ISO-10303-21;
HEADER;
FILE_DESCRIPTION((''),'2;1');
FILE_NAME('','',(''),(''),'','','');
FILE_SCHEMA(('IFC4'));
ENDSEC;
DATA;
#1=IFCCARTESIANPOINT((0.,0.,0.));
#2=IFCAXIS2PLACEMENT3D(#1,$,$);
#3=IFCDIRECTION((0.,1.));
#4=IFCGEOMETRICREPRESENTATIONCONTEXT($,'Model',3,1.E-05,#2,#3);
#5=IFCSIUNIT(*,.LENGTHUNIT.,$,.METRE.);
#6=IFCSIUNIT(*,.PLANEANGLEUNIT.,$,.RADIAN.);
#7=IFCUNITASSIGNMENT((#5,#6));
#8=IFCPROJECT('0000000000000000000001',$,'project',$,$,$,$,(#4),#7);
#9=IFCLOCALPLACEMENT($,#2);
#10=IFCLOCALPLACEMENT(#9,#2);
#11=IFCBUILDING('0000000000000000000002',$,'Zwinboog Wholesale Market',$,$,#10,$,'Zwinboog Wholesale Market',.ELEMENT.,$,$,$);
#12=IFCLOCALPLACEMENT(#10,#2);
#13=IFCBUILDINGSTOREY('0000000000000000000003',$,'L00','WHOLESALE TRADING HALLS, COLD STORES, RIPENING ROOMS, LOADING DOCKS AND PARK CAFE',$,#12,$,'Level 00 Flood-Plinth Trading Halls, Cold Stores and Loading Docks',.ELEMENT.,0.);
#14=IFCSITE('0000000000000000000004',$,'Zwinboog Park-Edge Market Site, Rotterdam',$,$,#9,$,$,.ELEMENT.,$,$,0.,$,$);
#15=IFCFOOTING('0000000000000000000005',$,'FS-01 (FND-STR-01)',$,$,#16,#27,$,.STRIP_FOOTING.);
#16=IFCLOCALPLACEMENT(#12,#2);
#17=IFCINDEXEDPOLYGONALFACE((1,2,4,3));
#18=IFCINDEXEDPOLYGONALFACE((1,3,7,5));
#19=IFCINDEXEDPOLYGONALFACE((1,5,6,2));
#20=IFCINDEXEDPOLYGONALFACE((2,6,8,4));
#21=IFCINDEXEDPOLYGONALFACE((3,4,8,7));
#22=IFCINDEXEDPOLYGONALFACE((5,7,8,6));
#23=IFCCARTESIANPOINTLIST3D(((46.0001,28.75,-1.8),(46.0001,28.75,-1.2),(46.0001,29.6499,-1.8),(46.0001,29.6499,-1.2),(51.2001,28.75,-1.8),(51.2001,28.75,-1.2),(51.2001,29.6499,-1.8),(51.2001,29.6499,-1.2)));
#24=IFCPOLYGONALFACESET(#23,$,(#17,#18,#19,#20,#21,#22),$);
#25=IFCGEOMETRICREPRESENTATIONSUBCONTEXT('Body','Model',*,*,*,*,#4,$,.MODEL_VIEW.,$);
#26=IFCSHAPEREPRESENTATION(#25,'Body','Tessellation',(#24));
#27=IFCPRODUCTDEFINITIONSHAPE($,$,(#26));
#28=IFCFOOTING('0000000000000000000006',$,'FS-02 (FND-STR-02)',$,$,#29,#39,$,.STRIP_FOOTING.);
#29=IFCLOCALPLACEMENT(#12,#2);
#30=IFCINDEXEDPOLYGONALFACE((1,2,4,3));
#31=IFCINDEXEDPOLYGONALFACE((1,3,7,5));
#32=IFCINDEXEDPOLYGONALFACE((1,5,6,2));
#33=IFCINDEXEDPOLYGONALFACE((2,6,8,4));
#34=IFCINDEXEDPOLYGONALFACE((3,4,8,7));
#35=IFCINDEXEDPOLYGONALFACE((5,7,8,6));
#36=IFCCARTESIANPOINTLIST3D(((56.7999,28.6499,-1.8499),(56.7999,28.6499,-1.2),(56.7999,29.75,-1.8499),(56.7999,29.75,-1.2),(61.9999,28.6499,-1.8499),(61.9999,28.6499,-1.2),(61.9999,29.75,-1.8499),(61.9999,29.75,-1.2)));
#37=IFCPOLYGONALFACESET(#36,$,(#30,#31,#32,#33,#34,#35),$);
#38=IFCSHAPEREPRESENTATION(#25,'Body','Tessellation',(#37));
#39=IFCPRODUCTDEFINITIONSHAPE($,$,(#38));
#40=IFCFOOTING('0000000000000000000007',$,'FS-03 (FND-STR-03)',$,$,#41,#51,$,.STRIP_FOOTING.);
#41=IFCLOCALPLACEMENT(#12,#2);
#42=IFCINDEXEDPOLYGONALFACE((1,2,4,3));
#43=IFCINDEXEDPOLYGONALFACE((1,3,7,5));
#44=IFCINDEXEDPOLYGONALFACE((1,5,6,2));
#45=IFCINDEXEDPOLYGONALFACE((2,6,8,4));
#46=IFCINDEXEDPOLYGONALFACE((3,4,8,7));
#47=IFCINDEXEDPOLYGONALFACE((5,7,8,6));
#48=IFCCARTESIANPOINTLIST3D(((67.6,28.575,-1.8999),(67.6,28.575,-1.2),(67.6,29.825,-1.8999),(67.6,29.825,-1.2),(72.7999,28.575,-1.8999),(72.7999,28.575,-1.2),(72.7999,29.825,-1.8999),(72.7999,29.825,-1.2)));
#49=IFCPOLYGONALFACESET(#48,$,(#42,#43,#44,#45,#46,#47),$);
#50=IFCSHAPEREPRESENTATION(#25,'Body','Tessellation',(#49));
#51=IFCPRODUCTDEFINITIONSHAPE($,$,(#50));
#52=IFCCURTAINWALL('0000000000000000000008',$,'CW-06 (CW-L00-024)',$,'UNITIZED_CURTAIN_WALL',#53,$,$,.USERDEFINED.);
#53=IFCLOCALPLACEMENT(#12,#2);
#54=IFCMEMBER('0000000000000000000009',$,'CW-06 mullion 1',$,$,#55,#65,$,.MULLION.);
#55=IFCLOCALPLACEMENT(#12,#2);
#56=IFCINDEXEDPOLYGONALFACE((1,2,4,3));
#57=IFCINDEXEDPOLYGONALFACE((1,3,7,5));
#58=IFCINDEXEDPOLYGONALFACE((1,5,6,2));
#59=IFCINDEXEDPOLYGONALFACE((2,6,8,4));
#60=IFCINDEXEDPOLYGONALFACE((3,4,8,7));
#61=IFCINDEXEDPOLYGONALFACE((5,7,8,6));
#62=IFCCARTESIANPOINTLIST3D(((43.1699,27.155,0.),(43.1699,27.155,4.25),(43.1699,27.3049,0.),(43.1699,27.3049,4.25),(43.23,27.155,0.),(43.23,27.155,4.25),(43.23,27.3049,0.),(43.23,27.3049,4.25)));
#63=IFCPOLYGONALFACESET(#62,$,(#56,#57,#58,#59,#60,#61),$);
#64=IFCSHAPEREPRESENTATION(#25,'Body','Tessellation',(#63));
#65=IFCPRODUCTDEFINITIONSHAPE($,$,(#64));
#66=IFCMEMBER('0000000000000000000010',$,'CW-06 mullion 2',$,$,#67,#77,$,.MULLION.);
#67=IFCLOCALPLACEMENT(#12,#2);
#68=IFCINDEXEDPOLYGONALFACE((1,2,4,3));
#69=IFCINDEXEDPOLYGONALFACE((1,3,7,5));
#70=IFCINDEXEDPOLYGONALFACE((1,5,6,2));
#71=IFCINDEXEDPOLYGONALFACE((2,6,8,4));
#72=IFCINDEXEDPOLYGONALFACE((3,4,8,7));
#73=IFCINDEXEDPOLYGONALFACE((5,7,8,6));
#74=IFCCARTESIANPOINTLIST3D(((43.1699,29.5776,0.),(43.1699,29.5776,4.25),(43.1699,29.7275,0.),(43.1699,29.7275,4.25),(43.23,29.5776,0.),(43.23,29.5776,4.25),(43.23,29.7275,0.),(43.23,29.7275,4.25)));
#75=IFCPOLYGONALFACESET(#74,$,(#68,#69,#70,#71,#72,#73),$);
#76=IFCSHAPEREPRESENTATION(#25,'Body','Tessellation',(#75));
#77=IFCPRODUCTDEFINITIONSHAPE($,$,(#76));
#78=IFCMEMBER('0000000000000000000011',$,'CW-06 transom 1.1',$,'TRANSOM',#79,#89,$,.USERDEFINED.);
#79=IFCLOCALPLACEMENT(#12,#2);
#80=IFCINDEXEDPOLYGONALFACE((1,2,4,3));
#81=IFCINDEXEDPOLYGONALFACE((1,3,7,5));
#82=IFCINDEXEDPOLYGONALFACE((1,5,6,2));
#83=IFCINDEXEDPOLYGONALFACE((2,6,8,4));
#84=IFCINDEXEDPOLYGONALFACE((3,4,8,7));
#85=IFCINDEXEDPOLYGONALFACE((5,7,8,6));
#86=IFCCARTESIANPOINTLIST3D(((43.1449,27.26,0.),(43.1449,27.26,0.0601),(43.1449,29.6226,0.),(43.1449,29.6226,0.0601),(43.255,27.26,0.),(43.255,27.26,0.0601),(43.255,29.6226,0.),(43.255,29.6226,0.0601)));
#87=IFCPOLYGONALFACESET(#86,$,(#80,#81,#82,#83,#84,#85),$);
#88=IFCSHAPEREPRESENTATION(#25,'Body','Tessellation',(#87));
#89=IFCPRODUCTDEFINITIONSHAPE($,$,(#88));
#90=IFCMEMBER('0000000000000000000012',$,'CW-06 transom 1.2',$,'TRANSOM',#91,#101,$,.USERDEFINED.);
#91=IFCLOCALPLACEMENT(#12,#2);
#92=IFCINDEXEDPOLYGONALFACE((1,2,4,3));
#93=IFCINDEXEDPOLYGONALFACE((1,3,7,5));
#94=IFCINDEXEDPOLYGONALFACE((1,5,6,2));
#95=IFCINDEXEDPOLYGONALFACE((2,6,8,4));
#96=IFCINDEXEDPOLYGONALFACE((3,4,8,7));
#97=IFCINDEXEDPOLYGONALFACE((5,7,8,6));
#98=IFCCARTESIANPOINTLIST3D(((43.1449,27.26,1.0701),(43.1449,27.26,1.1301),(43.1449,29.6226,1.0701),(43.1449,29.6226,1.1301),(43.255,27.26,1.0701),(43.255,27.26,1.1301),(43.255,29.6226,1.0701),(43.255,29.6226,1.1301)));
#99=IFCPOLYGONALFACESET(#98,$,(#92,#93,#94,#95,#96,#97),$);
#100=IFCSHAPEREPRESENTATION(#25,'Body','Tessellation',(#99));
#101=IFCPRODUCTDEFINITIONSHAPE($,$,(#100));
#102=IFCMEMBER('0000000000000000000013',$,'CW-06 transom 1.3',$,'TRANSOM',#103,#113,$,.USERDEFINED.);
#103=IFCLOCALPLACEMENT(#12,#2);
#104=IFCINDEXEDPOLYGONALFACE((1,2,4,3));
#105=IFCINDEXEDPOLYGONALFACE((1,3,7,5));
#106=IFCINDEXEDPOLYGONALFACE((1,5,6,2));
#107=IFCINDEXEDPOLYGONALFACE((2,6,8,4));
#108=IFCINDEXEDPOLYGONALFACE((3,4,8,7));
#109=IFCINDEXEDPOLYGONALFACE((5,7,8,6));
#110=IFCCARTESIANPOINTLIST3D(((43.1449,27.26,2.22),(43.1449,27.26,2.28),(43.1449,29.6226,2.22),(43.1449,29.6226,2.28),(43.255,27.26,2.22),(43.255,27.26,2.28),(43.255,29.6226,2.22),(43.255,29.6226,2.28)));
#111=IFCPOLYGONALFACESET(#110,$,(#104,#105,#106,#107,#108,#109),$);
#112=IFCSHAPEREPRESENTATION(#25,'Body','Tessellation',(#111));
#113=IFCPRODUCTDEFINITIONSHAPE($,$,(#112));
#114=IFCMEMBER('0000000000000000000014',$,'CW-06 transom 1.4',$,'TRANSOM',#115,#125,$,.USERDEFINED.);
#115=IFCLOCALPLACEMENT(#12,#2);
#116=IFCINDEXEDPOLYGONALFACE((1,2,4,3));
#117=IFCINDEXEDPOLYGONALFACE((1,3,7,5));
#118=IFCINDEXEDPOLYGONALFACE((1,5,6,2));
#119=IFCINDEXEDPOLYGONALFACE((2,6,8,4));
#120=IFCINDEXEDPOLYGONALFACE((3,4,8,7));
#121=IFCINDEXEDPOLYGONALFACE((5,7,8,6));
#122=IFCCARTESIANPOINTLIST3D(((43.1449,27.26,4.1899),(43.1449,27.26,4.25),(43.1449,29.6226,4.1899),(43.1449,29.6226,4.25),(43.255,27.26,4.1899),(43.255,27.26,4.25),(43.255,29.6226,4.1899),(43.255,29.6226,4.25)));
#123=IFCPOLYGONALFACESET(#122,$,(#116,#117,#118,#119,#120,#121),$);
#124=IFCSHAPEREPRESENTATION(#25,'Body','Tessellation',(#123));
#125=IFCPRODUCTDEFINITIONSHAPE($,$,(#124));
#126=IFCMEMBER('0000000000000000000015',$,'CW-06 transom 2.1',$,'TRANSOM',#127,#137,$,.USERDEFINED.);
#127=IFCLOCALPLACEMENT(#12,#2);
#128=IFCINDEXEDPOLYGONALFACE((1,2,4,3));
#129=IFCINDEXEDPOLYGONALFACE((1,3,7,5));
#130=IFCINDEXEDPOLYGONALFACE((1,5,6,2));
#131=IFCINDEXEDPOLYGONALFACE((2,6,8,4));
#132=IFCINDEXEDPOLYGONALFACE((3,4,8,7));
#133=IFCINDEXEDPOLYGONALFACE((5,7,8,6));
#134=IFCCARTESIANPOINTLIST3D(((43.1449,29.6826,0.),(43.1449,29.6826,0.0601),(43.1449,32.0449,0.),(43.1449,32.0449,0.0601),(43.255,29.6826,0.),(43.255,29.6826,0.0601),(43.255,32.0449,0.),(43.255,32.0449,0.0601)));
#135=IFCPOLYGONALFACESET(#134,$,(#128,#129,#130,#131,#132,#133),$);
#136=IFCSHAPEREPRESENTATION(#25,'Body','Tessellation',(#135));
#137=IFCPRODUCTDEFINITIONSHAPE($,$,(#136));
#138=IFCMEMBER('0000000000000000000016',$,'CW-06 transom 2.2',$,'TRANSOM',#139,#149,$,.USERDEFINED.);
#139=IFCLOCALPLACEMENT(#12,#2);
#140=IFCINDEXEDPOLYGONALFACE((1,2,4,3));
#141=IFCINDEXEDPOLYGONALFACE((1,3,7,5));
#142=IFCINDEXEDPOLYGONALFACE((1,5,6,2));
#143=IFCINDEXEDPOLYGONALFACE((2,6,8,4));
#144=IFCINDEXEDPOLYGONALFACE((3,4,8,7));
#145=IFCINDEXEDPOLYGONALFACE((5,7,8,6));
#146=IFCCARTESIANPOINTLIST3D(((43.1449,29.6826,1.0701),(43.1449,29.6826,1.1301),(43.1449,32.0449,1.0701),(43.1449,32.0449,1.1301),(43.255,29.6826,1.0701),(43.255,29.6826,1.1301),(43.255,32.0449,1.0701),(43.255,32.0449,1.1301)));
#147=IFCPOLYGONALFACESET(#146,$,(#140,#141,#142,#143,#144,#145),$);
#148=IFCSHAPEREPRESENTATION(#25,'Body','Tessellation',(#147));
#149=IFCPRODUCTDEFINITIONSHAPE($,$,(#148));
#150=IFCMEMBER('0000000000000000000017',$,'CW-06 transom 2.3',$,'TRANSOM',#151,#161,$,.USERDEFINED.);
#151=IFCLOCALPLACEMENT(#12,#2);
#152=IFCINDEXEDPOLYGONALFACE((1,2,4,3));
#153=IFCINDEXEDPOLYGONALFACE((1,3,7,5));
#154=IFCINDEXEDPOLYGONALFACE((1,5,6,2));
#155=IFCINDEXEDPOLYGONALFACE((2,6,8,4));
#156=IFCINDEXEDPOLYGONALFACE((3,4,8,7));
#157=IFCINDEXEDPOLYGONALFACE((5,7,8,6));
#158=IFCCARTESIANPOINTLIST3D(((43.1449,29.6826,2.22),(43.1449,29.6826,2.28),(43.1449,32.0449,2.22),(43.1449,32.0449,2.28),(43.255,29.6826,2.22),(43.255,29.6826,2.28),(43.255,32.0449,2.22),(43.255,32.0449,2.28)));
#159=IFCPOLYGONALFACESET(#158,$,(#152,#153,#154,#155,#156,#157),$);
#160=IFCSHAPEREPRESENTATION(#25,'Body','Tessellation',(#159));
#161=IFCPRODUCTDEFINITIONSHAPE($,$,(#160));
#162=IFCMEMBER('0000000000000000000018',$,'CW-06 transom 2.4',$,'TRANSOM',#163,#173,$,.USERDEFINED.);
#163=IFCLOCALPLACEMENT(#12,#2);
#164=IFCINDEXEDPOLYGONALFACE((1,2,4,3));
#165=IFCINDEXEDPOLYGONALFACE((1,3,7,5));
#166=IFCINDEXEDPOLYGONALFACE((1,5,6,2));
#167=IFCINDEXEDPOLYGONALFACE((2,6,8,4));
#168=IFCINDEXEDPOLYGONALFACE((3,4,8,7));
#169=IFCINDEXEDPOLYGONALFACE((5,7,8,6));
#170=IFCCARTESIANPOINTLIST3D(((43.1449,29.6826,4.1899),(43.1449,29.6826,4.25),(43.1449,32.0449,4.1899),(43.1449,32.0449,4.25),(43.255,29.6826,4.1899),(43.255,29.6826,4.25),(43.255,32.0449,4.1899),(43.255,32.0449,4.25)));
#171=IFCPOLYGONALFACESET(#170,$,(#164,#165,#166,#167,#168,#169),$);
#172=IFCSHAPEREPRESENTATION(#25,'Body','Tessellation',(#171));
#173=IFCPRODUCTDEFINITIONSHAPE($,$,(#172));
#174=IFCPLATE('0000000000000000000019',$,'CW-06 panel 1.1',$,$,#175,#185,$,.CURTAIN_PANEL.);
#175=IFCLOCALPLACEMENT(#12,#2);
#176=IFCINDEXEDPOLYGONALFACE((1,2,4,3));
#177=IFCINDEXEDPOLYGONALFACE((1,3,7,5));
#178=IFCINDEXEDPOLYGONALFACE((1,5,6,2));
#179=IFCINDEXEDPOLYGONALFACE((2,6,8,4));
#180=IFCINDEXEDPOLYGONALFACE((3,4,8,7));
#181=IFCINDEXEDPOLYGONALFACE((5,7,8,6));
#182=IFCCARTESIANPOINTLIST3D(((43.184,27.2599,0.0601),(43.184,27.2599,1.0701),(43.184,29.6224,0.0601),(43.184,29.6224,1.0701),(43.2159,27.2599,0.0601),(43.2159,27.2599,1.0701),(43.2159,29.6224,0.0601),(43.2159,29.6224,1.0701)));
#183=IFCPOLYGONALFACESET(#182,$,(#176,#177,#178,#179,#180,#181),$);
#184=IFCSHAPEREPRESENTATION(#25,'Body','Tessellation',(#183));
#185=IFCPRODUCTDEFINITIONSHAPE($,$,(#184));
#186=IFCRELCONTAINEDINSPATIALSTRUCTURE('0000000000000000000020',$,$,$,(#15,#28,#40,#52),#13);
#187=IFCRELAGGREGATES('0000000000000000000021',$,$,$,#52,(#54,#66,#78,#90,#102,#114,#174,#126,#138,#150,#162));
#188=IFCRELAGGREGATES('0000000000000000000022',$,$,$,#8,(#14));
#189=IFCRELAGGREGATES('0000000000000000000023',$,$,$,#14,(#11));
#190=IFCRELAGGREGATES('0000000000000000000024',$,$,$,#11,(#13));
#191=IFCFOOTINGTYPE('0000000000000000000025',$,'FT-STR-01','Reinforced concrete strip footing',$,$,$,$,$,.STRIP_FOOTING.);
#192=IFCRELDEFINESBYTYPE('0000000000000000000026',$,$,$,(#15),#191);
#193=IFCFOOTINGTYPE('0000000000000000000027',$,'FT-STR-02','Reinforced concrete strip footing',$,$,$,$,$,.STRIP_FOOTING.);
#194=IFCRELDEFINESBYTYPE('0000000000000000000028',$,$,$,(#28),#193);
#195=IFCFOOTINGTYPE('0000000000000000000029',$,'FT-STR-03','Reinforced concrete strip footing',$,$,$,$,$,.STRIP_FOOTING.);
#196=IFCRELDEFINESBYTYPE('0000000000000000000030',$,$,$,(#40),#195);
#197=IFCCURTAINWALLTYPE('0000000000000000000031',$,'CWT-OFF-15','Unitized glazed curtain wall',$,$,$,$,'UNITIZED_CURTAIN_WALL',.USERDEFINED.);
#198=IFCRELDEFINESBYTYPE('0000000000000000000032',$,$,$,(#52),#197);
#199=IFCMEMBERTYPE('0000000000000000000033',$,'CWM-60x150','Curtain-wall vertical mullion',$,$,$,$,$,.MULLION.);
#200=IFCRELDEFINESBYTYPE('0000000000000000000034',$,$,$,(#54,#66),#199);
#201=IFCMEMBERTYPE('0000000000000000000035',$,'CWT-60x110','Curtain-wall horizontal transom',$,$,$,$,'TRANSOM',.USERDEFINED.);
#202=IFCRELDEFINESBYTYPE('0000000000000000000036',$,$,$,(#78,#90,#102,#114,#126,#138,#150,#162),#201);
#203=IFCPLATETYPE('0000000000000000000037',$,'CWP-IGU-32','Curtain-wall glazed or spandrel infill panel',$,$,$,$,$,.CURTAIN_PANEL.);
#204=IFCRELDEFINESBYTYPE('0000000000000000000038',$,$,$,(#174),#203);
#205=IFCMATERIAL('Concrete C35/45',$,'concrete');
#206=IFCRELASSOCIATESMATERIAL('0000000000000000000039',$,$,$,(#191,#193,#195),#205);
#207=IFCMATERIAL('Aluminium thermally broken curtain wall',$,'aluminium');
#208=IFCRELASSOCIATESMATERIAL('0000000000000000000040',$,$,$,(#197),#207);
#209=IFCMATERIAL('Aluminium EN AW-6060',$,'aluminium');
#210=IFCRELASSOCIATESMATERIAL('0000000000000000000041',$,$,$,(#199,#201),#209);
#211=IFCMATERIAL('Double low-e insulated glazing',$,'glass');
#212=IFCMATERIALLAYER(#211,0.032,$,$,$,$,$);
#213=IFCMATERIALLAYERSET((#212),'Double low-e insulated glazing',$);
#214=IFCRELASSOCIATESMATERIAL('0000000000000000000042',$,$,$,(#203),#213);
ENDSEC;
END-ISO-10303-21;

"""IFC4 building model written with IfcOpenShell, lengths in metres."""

from ifc_helpers import new_model, si_unit, direction, frame, origin, origin_2d, place, context, subcontext, project, spatial, rectangle, extrude, material, layer, layer_set, material_profile, profile_set, type_object, element, aggregate, save


model = new_model("IFC4")

# Units and contexts
model_context = context("Model", 3, precision=1e-05, world=origin(), true_north=direction((0.0, 1.0)))
body_context = subcontext(model_context, "Body", "Model", "MODEL_VIEW")
ifc_project = project(units=[si_unit("LENGTHUNIT", "METRE"), si_unit("PLANEANGLEUNIT", "RADIAN")], contexts=[model_context])

# Site, building, storey
site_placement = place(None, origin())
site = spatial("IfcSite", under=ifc_project, at=site_placement, Name="Zwinboog Park-Edge Market Site, Rotterdam", CompositionType="ELEMENT", RefElevation=0.0)
building_placement = place(site_placement, origin())
building = spatial("IfcBuilding", under=site, at=building_placement, Name="Zwinboog Wholesale Market", LongName="Zwinboog Wholesale Market", CompositionType="ELEMENT")
storey_placement = place(building_placement, origin())
storey = spatial("IfcBuildingStorey", under=building, at=storey_placement, Name="L00", Description="WHOLESALE TRADING HALLS, COLD STORES, RIPENING ROOMS, LOADING DOCKS AND PARK CAFE", LongName="Level 00 Flood-Plinth Trading Halls, Cold Stores and Loading Docks", CompositionType="ELEMENT", Elevation=0.0)

# Footings
ifc_material_1 = material(Name="Concrete C35/45", Category="concrete")
footing_type_1 = type_object("IfcFootingType", Name="FT-STR-01", Description="Reinforced concrete strip footing", PredefinedType="STRIP_FOOTING", material=ifc_material_1)
footing_1_placement = place(storey_placement, frame((48.6001, 29.2, -1.8), z_axis=(0.0, 0.0, 1.0), x_axis=(1.0, 0.0, 0.0)))
element("IfcFooting", 1, at=footing_1_placement, inside=storey, type_object=footing_type_1, Name="FS-01 (FND-STR-01)", PredefinedType="STRIP_FOOTING", context=body_context, shape_type="SweptSolid", body=[
    extrude(rectangle(XDim=5.2, YDim=0.8999, at=origin_2d()), origin(), (0.0, 0.0, 1.0), 0.6001),
])
footing_type_2 = type_object("IfcFootingType", Name="FT-STR-02", Description="Reinforced concrete strip footing", PredefinedType="STRIP_FOOTING", material=ifc_material_1)
footing_2_placement = place(storey_placement, frame((59.3999, 29.2, -1.8499), z_axis=(0.0, 0.0, 1.0), x_axis=(1.0, 0.0, 0.0)))
element("IfcFooting", 2, at=footing_2_placement, inside=storey, type_object=footing_type_2, Name="FS-02 (FND-STR-02)", PredefinedType="STRIP_FOOTING", context=body_context, shape_type="SweptSolid", body=[
    extrude(rectangle(XDim=5.2, YDim=1.1001, at=origin_2d()), origin(), (0.0, 0.0, 1.0), 0.6499),
])
footing_type_3 = type_object("IfcFootingType", Name="FT-STR-03", Description="Reinforced concrete strip footing", PredefinedType="STRIP_FOOTING", material=ifc_material_1)
footing_3_placement = place(storey_placement, frame((70.2, 29.2, -1.8999), z_axis=(0.0, 0.0, 1.0), x_axis=(1.0, 0.0, 0.0)))
element("IfcFooting", 3, at=footing_3_placement, inside=storey, type_object=footing_type_3, Name="FS-03 (FND-STR-03)", PredefinedType="STRIP_FOOTING", context=body_context, shape_type="SweptSolid", body=[
    extrude(rectangle(XDim=5.2, YDim=1.25, at=origin_2d()), origin(), (0.0, 0.0, 1.0), 0.7),
])

# Curtain wall, members, plate
ifc_material_2 = material(Name="Aluminium thermally broken curtain wall", Category="aluminium")
curtain_wall_type = type_object("IfcCurtainWallType", Name="CWT-OFF-15", Description="Unitized glazed curtain wall", ElementType="UNITIZED_CURTAIN_WALL", PredefinedType="USERDEFINED", material=ifc_material_2)
curtain_wall_placement = place(storey_placement, origin())
curtain_wall = element("IfcCurtainWall", 4, at=curtain_wall_placement, inside=storey, type_object=curtain_wall_type, Name="CW-06 (CW-L00-024)", ObjectType="UNITIZED_CURTAIN_WALL", PredefinedType="USERDEFINED")
ifc_material_3 = material(Name="Aluminium EN AW-6060", Category="aluminium")
ifc_material_profile_1 = material_profile(ifc_material_3, rectangle(XDim=0.0601, YDim=0.1499, at=origin_2d()), Name="AL 60x150")
ifc_profile_set_1 = profile_set([ifc_material_profile_1], Name="Aluminium EN AW-6060")
member_type_1 = type_object("IfcMemberType", Name="CWM-60x150", Description="Curtain-wall vertical mullion", PredefinedType="MULLION", material=ifc_profile_set_1)
member_1_placement = place(storey_placement, frame((43.2, 27.23, 0.0), z_axis=(0.0, 0.0, 1.0), x_axis=(-1.0, 0.0, 0.0)))
member_1 = element("IfcMember", 5, at=member_1_placement, type_object=member_type_1, Name="CW-06 mullion 1", PredefinedType="MULLION", context=body_context, shape_type="SweptSolid", body=[
    extrude(rectangle(XDim=0.0601, YDim=0.1499, at=origin_2d()), origin(), (0.0, 0.0, 1.0), 4.25),
])
member_2_placement = place(storey_placement, frame((43.2, 29.6526, 0.0), z_axis=(0.0, 0.0, 1.0), x_axis=(-1.0, 0.0, 0.0)))
member_2 = element("IfcMember", 6, at=member_2_placement, type_object=member_type_1, Name="CW-06 mullion 2", PredefinedType="MULLION", context=body_context, shape_type="SweptSolid", body=[
    extrude(rectangle(XDim=0.0601, YDim=0.1499, at=origin_2d()), origin(), (0.0, 0.0, 1.0), 4.25),
])
ifc_material_profile_2 = material_profile(ifc_material_3, rectangle(XDim=0.1101, YDim=0.0601, at=origin_2d()), Name="AL 60x110")
ifc_profile_set_2 = profile_set([ifc_material_profile_2], Name="Aluminium EN AW-6060")
member_type_2 = type_object("IfcMemberType", Name="CWT-60x110", Description="Curtain-wall horizontal transom", ElementType="TRANSOM", PredefinedType="USERDEFINED", material=ifc_profile_set_2)
member_3_placement = place(storey_placement, frame((43.2, 27.26, 0.03), z_axis=(0.0, 1.0, 0.0), x_axis=(-1.0, 0.0, 0.0)))
member_3 = element("IfcMember", 7, at=member_3_placement, type_object=member_type_2, Name="CW-06 transom 1.1", ObjectType="TRANSOM", PredefinedType="USERDEFINED", context=body_context, shape_type="SweptSolid", body=[
    extrude(rectangle(XDim=0.1101, YDim=0.0601, at=origin_2d()), origin(), (0.0, 0.0, 1.0), 2.3625),
])
member_4_placement = place(storey_placement, frame((43.2, 27.26, 1.1001), z_axis=(0.0, 1.0, 0.0), x_axis=(-1.0, 0.0, 0.0)))
member_4 = element("IfcMember", 8, at=member_4_placement, type_object=member_type_2, Name="CW-06 transom 1.2", ObjectType="TRANSOM", PredefinedType="USERDEFINED", context=body_context, shape_type="SweptSolid", body=[
    extrude(rectangle(XDim=0.1101, YDim=0.0601, at=origin_2d()), origin(), (0.0, 0.0, 1.0), 2.3625),
])
member_5_placement = place(storey_placement, frame((43.2, 27.26, 2.25), z_axis=(0.0, 1.0, 0.0), x_axis=(-1.0, 0.0, 0.0)))
member_5 = element("IfcMember", 9, at=member_5_placement, type_object=member_type_2, Name="CW-06 transom 1.3", ObjectType="TRANSOM", PredefinedType="USERDEFINED", context=body_context, shape_type="SweptSolid", body=[
    extrude(rectangle(XDim=0.1101, YDim=0.0601, at=origin_2d()), origin(), (0.0, 0.0, 1.0), 2.3625),
])
member_6_placement = place(storey_placement, frame((43.2, 27.26, 4.22), z_axis=(0.0, 1.0, 0.0), x_axis=(-1.0, 0.0, 0.0)))
member_6 = element("IfcMember", 10, at=member_6_placement, type_object=member_type_2, Name="CW-06 transom 1.4", ObjectType="TRANSOM", PredefinedType="USERDEFINED", context=body_context, shape_type="SweptSolid", body=[
    extrude(rectangle(XDim=0.1101, YDim=0.0601, at=origin_2d()), origin(), (0.0, 0.0, 1.0), 2.3625),
])
member_7_placement = place(storey_placement, frame((43.2, 29.6826, 0.03), z_axis=(0.0, 1.0, 0.0), x_axis=(-1.0, 0.0, 0.0)))
member_7 = element("IfcMember", 11, at=member_7_placement, type_object=member_type_2, Name="CW-06 transom 2.1", ObjectType="TRANSOM", PredefinedType="USERDEFINED", context=body_context, shape_type="SweptSolid", body=[
    extrude(rectangle(XDim=0.1101, YDim=0.0601, at=origin_2d()), origin(), (0.0, 0.0, 1.0), 2.3623),
])
member_8_placement = place(storey_placement, frame((43.2, 29.6826, 1.1001), z_axis=(0.0, 1.0, 0.0), x_axis=(-1.0, 0.0, 0.0)))
member_8 = element("IfcMember", 12, at=member_8_placement, type_object=member_type_2, Name="CW-06 transom 2.2", ObjectType="TRANSOM", PredefinedType="USERDEFINED", context=body_context, shape_type="SweptSolid", body=[
    extrude(rectangle(XDim=0.1101, YDim=0.0601, at=origin_2d()), origin(), (0.0, 0.0, 1.0), 2.3623),
])
member_9_placement = place(storey_placement, frame((43.2, 29.6826, 2.25), z_axis=(0.0, 1.0, 0.0), x_axis=(-1.0, 0.0, 0.0)))
member_9 = element("IfcMember", 13, at=member_9_placement, type_object=member_type_2, Name="CW-06 transom 2.3", ObjectType="TRANSOM", PredefinedType="USERDEFINED", context=body_context, shape_type="SweptSolid", body=[
    extrude(rectangle(XDim=0.1101, YDim=0.0601, at=origin_2d()), origin(), (0.0, 0.0, 1.0), 2.3623),
])
member_10_placement = place(storey_placement, frame((43.2, 29.6826, 4.22), z_axis=(0.0, 1.0, 0.0), x_axis=(-1.0, 0.0, 0.0)))
member_10 = element("IfcMember", 14, at=member_10_placement, type_object=member_type_2, Name="CW-06 transom 2.4", ObjectType="TRANSOM", PredefinedType="USERDEFINED", context=body_context, shape_type="SweptSolid", body=[
    extrude(rectangle(XDim=0.1101, YDim=0.0601, at=origin_2d()), origin(), (0.0, 0.0, 1.0), 2.3623),
])
ifc_material_4 = material(Name="Double low-e insulated glazing", Category="glass")
ifc_layer_1 = layer(ifc_material_4, 0.032)
ifc_layer_set_1 = layer_set([ifc_layer_1], Name="Double low-e insulated glazing")
plate_type = type_object("IfcPlateType", Name="CWP-IGU-32", Description="Curtain-wall glazed or spandrel infill panel", PredefinedType="CURTAIN_PANEL", material=ifc_layer_set_1)
plate_1_placement = place(storey_placement, frame((43.2, 28.4412, 0.0601), z_axis=(0.0, 0.0, 1.0), x_axis=(0.0, 1.0, 0.0)))
plate_1 = element("IfcPlate", 15, at=plate_1_placement, type_object=plate_type, Name="CW-06 panel 1.1", PredefinedType="CURTAIN_PANEL", context=body_context, shape_type="SweptSolid", body=[
    extrude(rectangle(XDim=2.3625, YDim=0.032, at=origin_2d()), origin(), (0.0, 0.0, 1.0), 1.01),
])
aggregate(curtain_wall, [member_1, member_2, member_3, member_4, member_5, member_6, plate_1, member_7, member_8, member_9, member_10])

save(model, "model.ifc")
